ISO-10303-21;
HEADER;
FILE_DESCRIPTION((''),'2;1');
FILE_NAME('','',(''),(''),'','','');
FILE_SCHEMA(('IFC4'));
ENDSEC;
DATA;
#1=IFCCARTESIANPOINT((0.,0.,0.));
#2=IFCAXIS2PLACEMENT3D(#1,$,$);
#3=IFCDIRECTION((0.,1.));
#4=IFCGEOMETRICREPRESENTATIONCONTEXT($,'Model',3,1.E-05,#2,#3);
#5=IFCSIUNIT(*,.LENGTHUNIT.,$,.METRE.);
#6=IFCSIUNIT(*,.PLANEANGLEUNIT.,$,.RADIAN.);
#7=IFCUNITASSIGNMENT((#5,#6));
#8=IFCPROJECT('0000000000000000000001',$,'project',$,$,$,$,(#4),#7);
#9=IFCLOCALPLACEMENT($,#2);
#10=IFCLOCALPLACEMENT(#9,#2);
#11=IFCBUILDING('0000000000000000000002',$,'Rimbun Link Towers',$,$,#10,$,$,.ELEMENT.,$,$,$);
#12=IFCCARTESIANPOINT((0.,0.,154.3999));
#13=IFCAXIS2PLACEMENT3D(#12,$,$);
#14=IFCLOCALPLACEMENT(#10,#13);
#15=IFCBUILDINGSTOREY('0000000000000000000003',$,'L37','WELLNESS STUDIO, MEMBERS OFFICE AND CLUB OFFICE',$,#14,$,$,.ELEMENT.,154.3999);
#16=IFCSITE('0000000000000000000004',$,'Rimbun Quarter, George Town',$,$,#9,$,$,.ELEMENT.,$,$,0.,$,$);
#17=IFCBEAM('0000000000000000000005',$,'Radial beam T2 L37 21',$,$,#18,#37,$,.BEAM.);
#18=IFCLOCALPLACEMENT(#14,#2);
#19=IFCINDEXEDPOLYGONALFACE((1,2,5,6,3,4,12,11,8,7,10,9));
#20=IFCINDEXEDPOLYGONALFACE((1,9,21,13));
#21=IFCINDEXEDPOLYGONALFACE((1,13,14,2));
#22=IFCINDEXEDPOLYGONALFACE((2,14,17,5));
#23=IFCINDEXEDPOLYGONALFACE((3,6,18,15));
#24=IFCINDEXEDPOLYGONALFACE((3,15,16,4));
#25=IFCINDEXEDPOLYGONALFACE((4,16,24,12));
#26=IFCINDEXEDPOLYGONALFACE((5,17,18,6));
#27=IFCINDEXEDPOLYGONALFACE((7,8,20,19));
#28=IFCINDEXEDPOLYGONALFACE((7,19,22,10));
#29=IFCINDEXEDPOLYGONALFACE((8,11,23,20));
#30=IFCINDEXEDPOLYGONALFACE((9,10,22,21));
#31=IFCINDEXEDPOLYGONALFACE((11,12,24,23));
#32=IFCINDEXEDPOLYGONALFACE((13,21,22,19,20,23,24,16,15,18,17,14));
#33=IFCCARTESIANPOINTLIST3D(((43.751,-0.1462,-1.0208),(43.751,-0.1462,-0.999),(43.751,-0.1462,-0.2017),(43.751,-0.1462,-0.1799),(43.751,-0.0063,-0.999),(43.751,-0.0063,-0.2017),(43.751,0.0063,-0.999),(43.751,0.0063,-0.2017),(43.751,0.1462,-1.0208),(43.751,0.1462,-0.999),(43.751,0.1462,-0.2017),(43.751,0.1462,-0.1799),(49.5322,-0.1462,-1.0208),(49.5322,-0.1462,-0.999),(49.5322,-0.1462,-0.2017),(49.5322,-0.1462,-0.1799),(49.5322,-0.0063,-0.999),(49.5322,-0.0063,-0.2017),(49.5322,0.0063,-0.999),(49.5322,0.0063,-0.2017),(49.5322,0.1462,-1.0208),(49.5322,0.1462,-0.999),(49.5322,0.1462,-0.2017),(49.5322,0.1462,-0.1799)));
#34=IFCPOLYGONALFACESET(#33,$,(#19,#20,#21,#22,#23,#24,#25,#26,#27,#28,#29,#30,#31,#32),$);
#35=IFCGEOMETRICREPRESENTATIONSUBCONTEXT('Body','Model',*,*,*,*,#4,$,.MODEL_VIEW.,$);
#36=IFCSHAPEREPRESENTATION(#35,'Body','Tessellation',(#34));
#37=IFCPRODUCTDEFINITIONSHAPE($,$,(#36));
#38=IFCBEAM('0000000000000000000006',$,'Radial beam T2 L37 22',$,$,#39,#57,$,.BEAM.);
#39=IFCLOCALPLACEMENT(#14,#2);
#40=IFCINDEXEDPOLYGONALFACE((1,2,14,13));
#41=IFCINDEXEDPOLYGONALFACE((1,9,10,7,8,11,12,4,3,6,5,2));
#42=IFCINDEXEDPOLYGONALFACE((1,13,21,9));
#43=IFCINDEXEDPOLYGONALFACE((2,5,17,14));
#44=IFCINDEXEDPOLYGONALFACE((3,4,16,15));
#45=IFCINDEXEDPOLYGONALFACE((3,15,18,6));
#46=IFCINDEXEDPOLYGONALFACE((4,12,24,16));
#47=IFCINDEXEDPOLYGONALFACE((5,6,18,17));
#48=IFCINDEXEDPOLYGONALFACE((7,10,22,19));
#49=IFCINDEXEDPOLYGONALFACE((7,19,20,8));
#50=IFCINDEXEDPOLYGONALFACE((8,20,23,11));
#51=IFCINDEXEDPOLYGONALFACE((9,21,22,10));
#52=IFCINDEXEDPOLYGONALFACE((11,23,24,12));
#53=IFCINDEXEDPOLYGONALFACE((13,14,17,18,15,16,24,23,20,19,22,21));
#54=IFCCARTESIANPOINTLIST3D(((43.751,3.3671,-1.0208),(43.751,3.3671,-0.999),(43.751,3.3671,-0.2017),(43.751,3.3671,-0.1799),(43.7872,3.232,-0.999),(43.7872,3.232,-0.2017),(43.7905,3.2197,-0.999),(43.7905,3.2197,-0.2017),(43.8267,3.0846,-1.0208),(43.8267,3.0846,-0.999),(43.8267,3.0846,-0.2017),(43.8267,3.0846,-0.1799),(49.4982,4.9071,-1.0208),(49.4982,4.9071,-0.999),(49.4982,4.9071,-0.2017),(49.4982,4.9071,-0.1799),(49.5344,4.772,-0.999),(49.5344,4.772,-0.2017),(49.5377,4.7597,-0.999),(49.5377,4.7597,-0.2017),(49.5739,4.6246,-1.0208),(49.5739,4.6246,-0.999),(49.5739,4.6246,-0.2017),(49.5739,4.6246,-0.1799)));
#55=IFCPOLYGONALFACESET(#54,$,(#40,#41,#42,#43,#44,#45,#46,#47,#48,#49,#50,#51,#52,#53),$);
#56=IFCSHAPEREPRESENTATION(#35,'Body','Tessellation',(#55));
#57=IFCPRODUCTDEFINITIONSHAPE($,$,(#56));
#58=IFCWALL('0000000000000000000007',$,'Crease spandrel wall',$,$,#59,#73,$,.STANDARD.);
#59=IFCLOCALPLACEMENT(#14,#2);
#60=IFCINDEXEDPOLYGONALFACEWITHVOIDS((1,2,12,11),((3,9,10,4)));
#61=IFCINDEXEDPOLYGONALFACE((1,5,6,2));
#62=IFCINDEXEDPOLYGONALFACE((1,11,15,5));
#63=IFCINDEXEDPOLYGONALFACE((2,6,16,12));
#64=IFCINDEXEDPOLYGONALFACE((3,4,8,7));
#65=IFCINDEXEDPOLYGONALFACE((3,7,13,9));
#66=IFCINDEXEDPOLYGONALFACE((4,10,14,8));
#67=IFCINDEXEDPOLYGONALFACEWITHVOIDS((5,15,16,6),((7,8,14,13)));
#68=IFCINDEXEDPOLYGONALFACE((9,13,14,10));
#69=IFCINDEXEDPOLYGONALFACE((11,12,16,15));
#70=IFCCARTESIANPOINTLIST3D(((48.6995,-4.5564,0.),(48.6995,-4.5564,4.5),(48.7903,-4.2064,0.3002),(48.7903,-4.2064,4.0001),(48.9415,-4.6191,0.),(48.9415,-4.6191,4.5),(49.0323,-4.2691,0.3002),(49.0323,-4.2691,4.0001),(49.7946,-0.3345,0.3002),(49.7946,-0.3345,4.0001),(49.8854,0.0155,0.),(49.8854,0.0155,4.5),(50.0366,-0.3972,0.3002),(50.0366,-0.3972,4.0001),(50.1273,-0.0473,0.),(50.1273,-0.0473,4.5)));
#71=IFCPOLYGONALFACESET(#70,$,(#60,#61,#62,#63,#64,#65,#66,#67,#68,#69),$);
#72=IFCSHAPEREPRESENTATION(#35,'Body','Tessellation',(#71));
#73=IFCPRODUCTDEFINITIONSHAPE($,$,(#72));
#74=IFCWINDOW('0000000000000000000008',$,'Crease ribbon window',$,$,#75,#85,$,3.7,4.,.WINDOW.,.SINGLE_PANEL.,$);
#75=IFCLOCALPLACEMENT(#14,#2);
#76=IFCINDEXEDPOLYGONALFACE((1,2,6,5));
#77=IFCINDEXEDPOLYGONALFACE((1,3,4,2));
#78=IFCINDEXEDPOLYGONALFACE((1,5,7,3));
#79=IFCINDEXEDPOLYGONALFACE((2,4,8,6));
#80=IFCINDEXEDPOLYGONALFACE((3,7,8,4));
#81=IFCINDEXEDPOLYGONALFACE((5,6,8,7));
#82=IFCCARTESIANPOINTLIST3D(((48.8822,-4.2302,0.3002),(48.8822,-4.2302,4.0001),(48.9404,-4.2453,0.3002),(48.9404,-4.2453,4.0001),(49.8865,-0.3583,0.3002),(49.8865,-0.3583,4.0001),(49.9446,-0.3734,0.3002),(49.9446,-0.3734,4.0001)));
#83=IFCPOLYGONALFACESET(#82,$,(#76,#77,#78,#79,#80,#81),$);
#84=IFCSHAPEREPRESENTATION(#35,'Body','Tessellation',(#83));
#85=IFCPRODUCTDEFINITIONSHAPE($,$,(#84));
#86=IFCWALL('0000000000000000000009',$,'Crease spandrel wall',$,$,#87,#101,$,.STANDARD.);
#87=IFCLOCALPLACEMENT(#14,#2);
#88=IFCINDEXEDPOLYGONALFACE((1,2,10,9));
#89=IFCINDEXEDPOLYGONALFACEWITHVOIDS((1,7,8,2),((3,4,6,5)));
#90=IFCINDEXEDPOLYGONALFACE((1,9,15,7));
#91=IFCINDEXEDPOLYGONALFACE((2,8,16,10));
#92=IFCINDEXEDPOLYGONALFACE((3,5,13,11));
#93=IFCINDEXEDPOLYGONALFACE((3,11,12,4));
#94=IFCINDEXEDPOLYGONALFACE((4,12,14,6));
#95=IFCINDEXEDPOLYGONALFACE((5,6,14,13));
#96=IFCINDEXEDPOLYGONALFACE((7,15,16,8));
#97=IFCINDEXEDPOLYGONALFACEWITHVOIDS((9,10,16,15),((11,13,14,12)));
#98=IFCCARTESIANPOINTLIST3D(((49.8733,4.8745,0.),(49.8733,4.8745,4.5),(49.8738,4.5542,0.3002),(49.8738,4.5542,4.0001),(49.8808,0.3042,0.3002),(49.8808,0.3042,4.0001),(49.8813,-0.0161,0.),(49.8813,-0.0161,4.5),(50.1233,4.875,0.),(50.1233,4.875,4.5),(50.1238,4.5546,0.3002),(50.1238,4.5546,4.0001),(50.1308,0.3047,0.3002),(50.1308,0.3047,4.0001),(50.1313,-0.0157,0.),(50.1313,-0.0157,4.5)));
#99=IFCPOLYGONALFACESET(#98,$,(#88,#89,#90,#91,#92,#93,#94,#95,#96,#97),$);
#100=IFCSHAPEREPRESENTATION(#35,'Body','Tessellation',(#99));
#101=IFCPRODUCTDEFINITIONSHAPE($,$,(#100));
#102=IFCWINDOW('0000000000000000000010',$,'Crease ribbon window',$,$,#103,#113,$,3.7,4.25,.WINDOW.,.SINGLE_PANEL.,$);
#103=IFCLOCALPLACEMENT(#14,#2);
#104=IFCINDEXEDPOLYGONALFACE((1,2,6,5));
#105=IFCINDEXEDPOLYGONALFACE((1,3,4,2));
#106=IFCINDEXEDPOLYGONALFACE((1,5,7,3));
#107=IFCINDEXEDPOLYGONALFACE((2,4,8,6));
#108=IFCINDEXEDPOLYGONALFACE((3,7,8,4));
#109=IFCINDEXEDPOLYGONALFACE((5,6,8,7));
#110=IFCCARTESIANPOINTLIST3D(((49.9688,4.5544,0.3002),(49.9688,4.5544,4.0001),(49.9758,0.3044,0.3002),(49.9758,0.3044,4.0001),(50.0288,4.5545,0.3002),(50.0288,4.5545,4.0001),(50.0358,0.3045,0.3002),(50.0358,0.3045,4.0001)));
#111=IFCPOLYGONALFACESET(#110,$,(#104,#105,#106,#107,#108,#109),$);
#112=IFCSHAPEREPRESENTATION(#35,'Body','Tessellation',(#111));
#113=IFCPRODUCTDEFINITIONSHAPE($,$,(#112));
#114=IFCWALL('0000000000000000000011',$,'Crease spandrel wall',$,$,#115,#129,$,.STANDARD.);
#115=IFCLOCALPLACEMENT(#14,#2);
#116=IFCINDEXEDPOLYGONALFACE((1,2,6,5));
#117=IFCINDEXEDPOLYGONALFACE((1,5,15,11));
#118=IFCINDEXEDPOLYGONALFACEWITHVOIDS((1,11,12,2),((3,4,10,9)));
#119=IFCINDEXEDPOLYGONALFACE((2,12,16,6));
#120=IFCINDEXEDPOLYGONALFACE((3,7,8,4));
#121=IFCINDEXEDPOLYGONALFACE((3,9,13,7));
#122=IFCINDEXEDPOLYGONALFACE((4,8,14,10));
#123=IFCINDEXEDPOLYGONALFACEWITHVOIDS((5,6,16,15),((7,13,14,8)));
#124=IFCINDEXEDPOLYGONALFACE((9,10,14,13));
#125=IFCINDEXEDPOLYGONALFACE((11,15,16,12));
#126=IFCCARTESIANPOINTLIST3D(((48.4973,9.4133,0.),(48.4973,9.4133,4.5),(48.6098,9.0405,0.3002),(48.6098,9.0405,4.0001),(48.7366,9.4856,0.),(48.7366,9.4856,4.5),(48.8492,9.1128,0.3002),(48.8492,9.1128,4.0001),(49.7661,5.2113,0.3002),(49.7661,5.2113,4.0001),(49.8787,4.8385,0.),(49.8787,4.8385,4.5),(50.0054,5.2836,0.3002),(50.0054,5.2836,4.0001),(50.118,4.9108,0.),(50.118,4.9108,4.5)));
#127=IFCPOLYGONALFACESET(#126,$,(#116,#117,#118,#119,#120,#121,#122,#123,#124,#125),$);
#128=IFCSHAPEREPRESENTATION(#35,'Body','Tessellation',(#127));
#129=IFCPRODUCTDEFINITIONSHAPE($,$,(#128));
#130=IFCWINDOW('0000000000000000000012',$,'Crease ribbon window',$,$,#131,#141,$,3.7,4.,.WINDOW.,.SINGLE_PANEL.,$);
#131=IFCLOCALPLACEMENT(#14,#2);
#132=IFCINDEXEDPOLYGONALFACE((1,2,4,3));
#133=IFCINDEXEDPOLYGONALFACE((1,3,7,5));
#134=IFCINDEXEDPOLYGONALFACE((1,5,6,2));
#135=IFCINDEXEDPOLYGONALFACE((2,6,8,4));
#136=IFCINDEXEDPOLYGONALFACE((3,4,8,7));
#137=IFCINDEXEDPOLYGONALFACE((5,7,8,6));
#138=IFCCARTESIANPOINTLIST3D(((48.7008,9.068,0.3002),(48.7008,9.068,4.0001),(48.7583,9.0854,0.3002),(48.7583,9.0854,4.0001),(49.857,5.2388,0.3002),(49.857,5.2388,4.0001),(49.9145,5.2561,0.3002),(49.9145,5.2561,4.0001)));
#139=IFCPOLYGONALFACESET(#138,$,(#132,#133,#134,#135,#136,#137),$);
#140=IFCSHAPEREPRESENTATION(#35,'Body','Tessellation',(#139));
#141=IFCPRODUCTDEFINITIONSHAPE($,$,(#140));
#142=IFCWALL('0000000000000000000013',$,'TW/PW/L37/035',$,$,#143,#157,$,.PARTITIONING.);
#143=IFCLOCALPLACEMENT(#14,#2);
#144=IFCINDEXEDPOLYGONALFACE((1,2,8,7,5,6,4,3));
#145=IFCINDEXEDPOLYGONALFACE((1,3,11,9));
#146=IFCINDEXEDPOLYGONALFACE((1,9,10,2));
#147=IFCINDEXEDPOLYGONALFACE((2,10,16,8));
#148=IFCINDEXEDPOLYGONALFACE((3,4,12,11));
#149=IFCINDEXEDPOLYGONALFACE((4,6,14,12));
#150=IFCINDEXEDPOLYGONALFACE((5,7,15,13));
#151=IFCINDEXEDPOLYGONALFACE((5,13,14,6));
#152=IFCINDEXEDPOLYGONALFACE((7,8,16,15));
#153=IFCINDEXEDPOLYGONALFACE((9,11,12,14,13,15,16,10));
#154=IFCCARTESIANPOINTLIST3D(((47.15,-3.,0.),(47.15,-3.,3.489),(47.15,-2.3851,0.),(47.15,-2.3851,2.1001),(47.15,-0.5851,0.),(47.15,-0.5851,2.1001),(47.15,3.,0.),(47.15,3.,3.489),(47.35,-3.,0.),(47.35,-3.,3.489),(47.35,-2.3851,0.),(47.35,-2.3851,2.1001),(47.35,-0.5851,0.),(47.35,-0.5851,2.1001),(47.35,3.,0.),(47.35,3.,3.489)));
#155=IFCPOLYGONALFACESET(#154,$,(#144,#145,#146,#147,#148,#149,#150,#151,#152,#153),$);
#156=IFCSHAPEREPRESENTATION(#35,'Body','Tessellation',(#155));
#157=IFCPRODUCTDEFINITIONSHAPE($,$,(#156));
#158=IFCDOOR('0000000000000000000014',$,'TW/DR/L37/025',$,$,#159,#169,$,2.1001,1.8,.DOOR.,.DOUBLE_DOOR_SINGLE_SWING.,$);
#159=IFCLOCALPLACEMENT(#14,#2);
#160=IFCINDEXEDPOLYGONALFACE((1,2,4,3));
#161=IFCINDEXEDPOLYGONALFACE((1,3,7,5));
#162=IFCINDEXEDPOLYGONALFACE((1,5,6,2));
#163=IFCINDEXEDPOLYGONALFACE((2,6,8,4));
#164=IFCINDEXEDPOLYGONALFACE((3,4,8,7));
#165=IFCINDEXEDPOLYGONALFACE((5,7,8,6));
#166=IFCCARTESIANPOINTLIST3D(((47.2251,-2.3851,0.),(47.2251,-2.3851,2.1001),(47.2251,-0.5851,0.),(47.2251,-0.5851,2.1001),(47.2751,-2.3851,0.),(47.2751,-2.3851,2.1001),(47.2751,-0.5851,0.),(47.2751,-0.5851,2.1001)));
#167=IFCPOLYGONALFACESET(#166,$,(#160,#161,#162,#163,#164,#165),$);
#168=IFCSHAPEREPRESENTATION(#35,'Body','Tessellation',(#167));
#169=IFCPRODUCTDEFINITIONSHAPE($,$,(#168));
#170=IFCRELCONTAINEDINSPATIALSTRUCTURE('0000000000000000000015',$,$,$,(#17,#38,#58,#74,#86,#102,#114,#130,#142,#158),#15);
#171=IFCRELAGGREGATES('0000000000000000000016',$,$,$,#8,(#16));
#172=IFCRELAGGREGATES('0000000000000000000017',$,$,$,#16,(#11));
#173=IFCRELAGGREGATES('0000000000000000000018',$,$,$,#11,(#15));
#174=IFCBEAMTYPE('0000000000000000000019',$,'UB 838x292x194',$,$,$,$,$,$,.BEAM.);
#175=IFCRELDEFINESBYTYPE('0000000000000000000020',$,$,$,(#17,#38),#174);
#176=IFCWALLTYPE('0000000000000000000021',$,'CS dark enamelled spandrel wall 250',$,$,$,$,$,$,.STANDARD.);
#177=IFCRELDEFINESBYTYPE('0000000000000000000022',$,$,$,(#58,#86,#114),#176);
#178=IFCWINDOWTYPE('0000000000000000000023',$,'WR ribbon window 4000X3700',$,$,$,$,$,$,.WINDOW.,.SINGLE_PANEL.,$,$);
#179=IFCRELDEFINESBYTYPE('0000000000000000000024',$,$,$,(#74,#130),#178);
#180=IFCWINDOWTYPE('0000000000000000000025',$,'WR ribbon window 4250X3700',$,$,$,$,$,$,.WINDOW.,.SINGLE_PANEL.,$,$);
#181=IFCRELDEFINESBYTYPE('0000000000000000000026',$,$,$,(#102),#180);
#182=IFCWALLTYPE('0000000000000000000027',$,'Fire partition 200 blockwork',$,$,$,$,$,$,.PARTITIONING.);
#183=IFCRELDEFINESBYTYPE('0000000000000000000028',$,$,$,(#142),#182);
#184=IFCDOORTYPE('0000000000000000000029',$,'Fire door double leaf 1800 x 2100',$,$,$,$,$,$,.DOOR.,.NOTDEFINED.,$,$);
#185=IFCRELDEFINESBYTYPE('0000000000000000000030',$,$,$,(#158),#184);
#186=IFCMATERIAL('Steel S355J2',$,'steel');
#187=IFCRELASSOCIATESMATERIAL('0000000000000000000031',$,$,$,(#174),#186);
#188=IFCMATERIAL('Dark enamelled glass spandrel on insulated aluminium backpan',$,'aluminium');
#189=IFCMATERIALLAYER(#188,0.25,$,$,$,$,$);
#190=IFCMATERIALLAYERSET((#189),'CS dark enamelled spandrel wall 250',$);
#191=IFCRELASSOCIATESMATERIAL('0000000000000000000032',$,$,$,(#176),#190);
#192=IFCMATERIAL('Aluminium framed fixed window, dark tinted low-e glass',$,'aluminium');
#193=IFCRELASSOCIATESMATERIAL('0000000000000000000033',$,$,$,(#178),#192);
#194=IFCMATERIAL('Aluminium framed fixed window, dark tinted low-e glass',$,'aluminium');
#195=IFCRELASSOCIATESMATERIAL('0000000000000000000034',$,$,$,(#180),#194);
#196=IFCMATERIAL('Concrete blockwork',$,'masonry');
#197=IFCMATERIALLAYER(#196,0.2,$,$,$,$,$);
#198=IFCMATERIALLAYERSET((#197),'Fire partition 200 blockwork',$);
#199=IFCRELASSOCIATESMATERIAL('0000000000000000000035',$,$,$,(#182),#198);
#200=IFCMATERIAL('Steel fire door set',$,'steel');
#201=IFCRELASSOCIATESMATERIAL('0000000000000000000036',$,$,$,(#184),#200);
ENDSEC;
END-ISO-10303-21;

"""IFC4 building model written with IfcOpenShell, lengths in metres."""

from ifc_helpers import new_model, si_unit, direction, frame, frame_2d, origin, origin_2d, place, context, subcontext, project, spatial, rectangle, i_section, extrude, material, layer, layer_set, material_profile, profile_set, type_object, element, fill, save


model = new_model("IFC4")

# Units and contexts
model_context = context("Model", 3, precision=1e-05, world=origin(), true_north=direction((0.0, 1.0)))
body_context = subcontext(model_context, "Body", "Model", "MODEL_VIEW")
ifc_project = project(units=[si_unit("LENGTHUNIT", "METRE"), si_unit("PLANEANGLEUNIT", "RADIAN")], contexts=[model_context])

# Site, building, storey
site_placement = place(None, origin())
site = spatial("IfcSite", under=ifc_project, at=site_placement, Name="Rimbun Quarter, George Town", CompositionType="ELEMENT", RefElevation=0.0)
building_placement = place(site_placement, origin())
building = spatial("IfcBuilding", under=site, at=building_placement, Name="Rimbun Link Towers", CompositionType="ELEMENT")
storey_placement = place(building_placement, frame((0.0, 0.0, 154.3999)))
storey = spatial("IfcBuildingStorey", under=building, at=storey_placement, Name="L37", Description="WELLNESS STUDIO, MEMBERS OFFICE AND CLUB OFFICE", CompositionType="ELEMENT", Elevation=154.3999)

# Beams
ifc_material_1 = material(Name="Steel S355J2", Category="steel")
ifc_material_profile_1 = material_profile(ifc_material_1, i_section(OverallWidth=0.2925, OverallDepth=0.8408, WebThickness=0.0127, FlangeThickness=0.0217, at=origin_2d()), Name="UB 838x292x194")
ifc_profile_set_1 = profile_set([ifc_material_profile_1], Name="Steel S355J2")
beam_type_1 = type_object("IfcBeamType", Name="UB 838x292x194", PredefinedType="BEAM", material=ifc_profile_set_1)
beam_1_placement = place(storey_placement, frame((43.751, 0.0, -0.6003), z_axis=(1.0, 0.0, 0.0), x_axis=(0.0, 1.0, 0.0)))
element("IfcBeam", 1, at=beam_1_placement, inside=storey, type_object=beam_type_1, Name="Radial beam T2 L37 21", PredefinedType="BEAM", context=body_context, shape_type="SweptSolid", body=[
    extrude(i_section(OverallWidth=0.2925, OverallDepth=0.8408, WebThickness=0.0127, FlangeThickness=0.0217, at=origin_2d()), origin(), (0.0, 0.0, 1.0), 5.7812),
])
beam_2_placement = place(storey_placement, frame((43.7888, 3.2258, -0.6003), z_axis=(0.965924, 0.258827, 0.0), x_axis=(-0.258827, 0.965924, 0.0)))
element("IfcBeam", 2, at=beam_2_placement, inside=storey, type_object=beam_type_1, Name="Radial beam T2 L37 22", PredefinedType="BEAM", context=body_context, shape_type="SweptSolid", body=[
    extrude(i_section(OverallWidth=0.2925, OverallDepth=0.8408, WebThickness=0.0127, FlangeThickness=0.0217, at=origin_2d()), origin(), (0.0, 0.0, 1.0), 5.95),
])

# Walls, openings, windows
ifc_material_2 = material(Name="Dark enamelled glass spandrel on insulated aluminium backpan", Category="aluminium")
ifc_layer_1 = layer(ifc_material_2, 0.25)
ifc_layer_set_1 = layer_set([ifc_layer_1], Name="CS dark enamelled spandrel wall 250")
wall_type_1 = type_object("IfcWallType", Name="CS dark enamelled spandrel wall 250", PredefinedType="STANDARD", material=ifc_layer_set_1)
wall_1_placement = place(storey_placement, frame((50.0063, -0.0159, 0.0), z_axis=(0.0, 0.0, 1.0), x_axis=(-0.251064, -0.96797, 0.0)))
wall_1 = element("IfcWall", 3, at=wall_1_placement, inside=storey, type_object=wall_type_1, Name="Crease spandrel wall", PredefinedType="STANDARD", context=body_context, shape_type="SweptSolid", body=[
    extrude(rectangle(XDim=4.7231, YDim=0.25, at=frame_2d((2.3616, 0.0))), origin(), (0.0, 0.0, 1.0), 4.5),
])
opening_1_placement = place(wall_1_placement, frame((0.3616, 0.0, 0.3)))
opening_1 = element("IfcOpeningElement", 4, at=opening_1_placement, cuts=wall_1, PredefinedType="OPENING", context=body_context, shape_type="SweptSolid", body=[
    extrude(rectangle(XDim=4.0, YDim=3.7, at=frame_2d((2.0, 1.8501))), frame((0.0, 0.135, 0.0), z_axis=(0.0, -1.0, 0.0), x_axis=(1.0, 0.0, 0.0)), (0.0, 0.0, 1.0), 0.27),
])
ifc_material_3 = material(Name="Aluminium framed fixed window, dark tinted low-e glass", Category="aluminium")
window_type_1 = type_object("IfcWindowType", Name="WR ribbon window 4000X3700", PartitioningType="SINGLE_PANEL", PredefinedType="WINDOW", material=ifc_material_3)
window_1_placement = place(opening_1_placement, origin())
window_1 = element("IfcWindow", 5, at=window_1_placement, inside=storey, type_object=window_type_1, Name="Crease ribbon window", OverallHeight=3.7, OverallWidth=4.0, PartitioningType="SINGLE_PANEL", PredefinedType="WINDOW", context=body_context, shape_type="SweptSolid", body=[
    extrude(rectangle(XDim=4.0, YDim=3.7, at=frame_2d((2.0, 1.8501))), frame((0.0, 0.03, 0.0), z_axis=(0.0, -1.0, 0.0), x_axis=(1.0, 0.0, 0.0)), (0.0, 0.0, 1.0), 0.0601),
])
fill(opening_1, window_1)
wall_2_placement = place(storey_placement, frame((49.9983, 4.8748, 0.0), z_axis=(0.0, 0.0, 1.0), x_axis=(0.001647, -0.999999, 0.0)))
wall_2 = element("IfcWall", 6, at=wall_2_placement, inside=storey, type_object=wall_type_1, Name="Crease spandrel wall", PredefinedType="STANDARD", context=body_context, shape_type="SweptSolid", body=[
    extrude(rectangle(XDim=4.8906, YDim=0.25, at=frame_2d((2.4453, 0.0))), origin(), (0.0, 0.0, 1.0), 4.5),
])
opening_2_placement = place(wall_2_placement, frame((0.3203, 0.0, 0.3)))
opening_2 = element("IfcOpeningElement", 7, at=opening_2_placement, cuts=wall_2, PredefinedType="OPENING", context=body_context, shape_type="SweptSolid", body=[
    extrude(rectangle(XDim=4.25, YDim=3.7, at=frame_2d((2.125, 1.8501))), frame((0.0, 0.135, 0.0), z_axis=(0.0, -1.0, 0.0), x_axis=(1.0, 0.0, 0.0)), (0.0, 0.0, 1.0), 0.27),
])
ifc_material_4 = material(Name="Aluminium framed fixed window, dark tinted low-e glass", Category="aluminium")
window_type_2 = type_object("IfcWindowType", Name="WR ribbon window 4250X3700", PartitioningType="SINGLE_PANEL", PredefinedType="WINDOW", material=ifc_material_4)
window_2_placement = place(opening_2_placement, origin())
window_2 = element("IfcWindow", 8, at=window_2_placement, inside=storey, type_object=window_type_2, Name="Crease ribbon window", OverallHeight=3.7, OverallWidth=4.25, PartitioningType="SINGLE_PANEL", PredefinedType="WINDOW", context=body_context, shape_type="SweptSolid", body=[
    extrude(rectangle(XDim=4.25, YDim=3.7, at=frame_2d((2.125, 1.8501))), frame((0.0, 0.03, 0.0), z_axis=(0.0, -1.0, 0.0), x_axis=(1.0, 0.0, 0.0)), (0.0, 0.0, 1.0), 0.0601),
])
fill(opening_2, window_2)
wall_3_placement = place(storey_placement, frame((48.6169, 9.4495, 0.0), z_axis=(0.0, 0.0, 1.0), x_axis=(0.289063, -0.95731, 0.0)))
wall_3 = element("IfcWall", 9, at=wall_3_placement, inside=storey, type_object=wall_type_1, Name="Crease spandrel wall", PredefinedType="STANDARD", context=body_context, shape_type="SweptSolid", body=[
    extrude(rectangle(XDim=4.7788, YDim=0.25, at=frame_2d((2.3894, 0.0))), origin(), (0.0, 0.0, 1.0), 4.5),
])
opening_3_placement = place(wall_3_placement, frame((0.3894, 0.0, 0.3)))
opening_3 = element("IfcOpeningElement", 10, at=opening_3_placement, cuts=wall_3, PredefinedType="OPENING", context=body_context, shape_type="SweptSolid", body=[
    extrude(rectangle(XDim=4.0, YDim=3.7, at=frame_2d((2.0, 1.8501))), frame((0.0, 0.135, 0.0), z_axis=(0.0, -1.0, 0.0), x_axis=(1.0, 0.0, 0.0)), (0.0, 0.0, 1.0), 0.27),
])
window_3_placement = place(opening_3_placement, origin())
window_3 = element("IfcWindow", 11, at=window_3_placement, inside=storey, type_object=window_type_1, Name="Crease ribbon window", OverallHeight=3.7, OverallWidth=4.0, PartitioningType="SINGLE_PANEL", PredefinedType="WINDOW", context=body_context, shape_type="SweptSolid", body=[
    extrude(rectangle(XDim=4.0, YDim=3.7, at=frame_2d((2.0, 1.8501))), frame((0.0, 0.03, 0.0), z_axis=(0.0, -1.0, 0.0), x_axis=(1.0, 0.0, 0.0)), (0.0, 0.0, 1.0), 0.0601),
])
fill(opening_3, window_3)

# Wall, opening, door
ifc_material_5 = material(Name="Concrete blockwork", Category="masonry")
ifc_layer_2 = layer(ifc_material_5, 0.2)
ifc_layer_set_2 = layer_set([ifc_layer_2], Name="Fire partition 200 blockwork")
wall_type_2 = type_object("IfcWallType", Name="Fire partition 200 blockwork", PredefinedType="PARTITIONING", material=ifc_layer_set_2)
wall_4_placement = place(storey_placement, frame((47.25, -3.0, 0.0), z_axis=(0.0, 0.0, 1.0), x_axis=(0.0, 1.0, 0.0)))
wall_4 = element("IfcWall", 12, at=wall_4_placement, inside=storey, type_object=wall_type_2, Name="TW/PW/L37/035", PredefinedType="PARTITIONING", context=body_context, shape_type="SweptSolid", body=[
    extrude(rectangle(XDim=6.0, YDim=0.2, at=frame_2d((3.0, 0.0))), origin(), (0.0, 0.0, 1.0), 3.489),
])
opening_4_placement = place(wall_4_placement, frame((0.615, 0.0, 0.0)))
opening_4 = element("IfcOpeningElement", 13, at=opening_4_placement, cuts=wall_4, PredefinedType="OPENING", context=body_context, shape_type="SweptSolid", body=[
    extrude(rectangle(XDim=1.8, YDim=2.1001, at=frame_2d((0.8999, 1.05))), frame((0.0, 0.1099, 0.0), z_axis=(0.0, -1.0, 0.0), x_axis=(1.0, 0.0, 0.0)), (0.0, 0.0, 1.0), 0.22),
])
ifc_material_6 = material(Name="Steel fire door set", Category="steel")
door_type_1 = type_object("IfcDoorType", Name="Fire door double leaf 1800 x 2100", OperationType="NOTDEFINED", PredefinedType="DOOR", material=ifc_material_6)
door_1_placement = place(opening_4_placement, origin())
door_1 = element("IfcDoor", 14, at=door_1_placement, inside=storey, type_object=door_type_1, Name="TW/DR/L37/025", OperationType="DOUBLE_DOOR_SINGLE_SWING", OverallHeight=2.1001, OverallWidth=1.8, PredefinedType="DOOR", context=body_context, shape_type="SweptSolid", body=[
    extrude(rectangle(XDim=1.8, YDim=2.1001, at=frame_2d((0.8999, 1.05))), frame((0.0, 0.0249, 0.0), z_axis=(0.0, -1.0, 0.0), x_axis=(1.0, 0.0, 0.0)), (0.0, 0.0, 1.0), 0.05),
])
fill(opening_4, door_1)

save(model, "model.ifc")
